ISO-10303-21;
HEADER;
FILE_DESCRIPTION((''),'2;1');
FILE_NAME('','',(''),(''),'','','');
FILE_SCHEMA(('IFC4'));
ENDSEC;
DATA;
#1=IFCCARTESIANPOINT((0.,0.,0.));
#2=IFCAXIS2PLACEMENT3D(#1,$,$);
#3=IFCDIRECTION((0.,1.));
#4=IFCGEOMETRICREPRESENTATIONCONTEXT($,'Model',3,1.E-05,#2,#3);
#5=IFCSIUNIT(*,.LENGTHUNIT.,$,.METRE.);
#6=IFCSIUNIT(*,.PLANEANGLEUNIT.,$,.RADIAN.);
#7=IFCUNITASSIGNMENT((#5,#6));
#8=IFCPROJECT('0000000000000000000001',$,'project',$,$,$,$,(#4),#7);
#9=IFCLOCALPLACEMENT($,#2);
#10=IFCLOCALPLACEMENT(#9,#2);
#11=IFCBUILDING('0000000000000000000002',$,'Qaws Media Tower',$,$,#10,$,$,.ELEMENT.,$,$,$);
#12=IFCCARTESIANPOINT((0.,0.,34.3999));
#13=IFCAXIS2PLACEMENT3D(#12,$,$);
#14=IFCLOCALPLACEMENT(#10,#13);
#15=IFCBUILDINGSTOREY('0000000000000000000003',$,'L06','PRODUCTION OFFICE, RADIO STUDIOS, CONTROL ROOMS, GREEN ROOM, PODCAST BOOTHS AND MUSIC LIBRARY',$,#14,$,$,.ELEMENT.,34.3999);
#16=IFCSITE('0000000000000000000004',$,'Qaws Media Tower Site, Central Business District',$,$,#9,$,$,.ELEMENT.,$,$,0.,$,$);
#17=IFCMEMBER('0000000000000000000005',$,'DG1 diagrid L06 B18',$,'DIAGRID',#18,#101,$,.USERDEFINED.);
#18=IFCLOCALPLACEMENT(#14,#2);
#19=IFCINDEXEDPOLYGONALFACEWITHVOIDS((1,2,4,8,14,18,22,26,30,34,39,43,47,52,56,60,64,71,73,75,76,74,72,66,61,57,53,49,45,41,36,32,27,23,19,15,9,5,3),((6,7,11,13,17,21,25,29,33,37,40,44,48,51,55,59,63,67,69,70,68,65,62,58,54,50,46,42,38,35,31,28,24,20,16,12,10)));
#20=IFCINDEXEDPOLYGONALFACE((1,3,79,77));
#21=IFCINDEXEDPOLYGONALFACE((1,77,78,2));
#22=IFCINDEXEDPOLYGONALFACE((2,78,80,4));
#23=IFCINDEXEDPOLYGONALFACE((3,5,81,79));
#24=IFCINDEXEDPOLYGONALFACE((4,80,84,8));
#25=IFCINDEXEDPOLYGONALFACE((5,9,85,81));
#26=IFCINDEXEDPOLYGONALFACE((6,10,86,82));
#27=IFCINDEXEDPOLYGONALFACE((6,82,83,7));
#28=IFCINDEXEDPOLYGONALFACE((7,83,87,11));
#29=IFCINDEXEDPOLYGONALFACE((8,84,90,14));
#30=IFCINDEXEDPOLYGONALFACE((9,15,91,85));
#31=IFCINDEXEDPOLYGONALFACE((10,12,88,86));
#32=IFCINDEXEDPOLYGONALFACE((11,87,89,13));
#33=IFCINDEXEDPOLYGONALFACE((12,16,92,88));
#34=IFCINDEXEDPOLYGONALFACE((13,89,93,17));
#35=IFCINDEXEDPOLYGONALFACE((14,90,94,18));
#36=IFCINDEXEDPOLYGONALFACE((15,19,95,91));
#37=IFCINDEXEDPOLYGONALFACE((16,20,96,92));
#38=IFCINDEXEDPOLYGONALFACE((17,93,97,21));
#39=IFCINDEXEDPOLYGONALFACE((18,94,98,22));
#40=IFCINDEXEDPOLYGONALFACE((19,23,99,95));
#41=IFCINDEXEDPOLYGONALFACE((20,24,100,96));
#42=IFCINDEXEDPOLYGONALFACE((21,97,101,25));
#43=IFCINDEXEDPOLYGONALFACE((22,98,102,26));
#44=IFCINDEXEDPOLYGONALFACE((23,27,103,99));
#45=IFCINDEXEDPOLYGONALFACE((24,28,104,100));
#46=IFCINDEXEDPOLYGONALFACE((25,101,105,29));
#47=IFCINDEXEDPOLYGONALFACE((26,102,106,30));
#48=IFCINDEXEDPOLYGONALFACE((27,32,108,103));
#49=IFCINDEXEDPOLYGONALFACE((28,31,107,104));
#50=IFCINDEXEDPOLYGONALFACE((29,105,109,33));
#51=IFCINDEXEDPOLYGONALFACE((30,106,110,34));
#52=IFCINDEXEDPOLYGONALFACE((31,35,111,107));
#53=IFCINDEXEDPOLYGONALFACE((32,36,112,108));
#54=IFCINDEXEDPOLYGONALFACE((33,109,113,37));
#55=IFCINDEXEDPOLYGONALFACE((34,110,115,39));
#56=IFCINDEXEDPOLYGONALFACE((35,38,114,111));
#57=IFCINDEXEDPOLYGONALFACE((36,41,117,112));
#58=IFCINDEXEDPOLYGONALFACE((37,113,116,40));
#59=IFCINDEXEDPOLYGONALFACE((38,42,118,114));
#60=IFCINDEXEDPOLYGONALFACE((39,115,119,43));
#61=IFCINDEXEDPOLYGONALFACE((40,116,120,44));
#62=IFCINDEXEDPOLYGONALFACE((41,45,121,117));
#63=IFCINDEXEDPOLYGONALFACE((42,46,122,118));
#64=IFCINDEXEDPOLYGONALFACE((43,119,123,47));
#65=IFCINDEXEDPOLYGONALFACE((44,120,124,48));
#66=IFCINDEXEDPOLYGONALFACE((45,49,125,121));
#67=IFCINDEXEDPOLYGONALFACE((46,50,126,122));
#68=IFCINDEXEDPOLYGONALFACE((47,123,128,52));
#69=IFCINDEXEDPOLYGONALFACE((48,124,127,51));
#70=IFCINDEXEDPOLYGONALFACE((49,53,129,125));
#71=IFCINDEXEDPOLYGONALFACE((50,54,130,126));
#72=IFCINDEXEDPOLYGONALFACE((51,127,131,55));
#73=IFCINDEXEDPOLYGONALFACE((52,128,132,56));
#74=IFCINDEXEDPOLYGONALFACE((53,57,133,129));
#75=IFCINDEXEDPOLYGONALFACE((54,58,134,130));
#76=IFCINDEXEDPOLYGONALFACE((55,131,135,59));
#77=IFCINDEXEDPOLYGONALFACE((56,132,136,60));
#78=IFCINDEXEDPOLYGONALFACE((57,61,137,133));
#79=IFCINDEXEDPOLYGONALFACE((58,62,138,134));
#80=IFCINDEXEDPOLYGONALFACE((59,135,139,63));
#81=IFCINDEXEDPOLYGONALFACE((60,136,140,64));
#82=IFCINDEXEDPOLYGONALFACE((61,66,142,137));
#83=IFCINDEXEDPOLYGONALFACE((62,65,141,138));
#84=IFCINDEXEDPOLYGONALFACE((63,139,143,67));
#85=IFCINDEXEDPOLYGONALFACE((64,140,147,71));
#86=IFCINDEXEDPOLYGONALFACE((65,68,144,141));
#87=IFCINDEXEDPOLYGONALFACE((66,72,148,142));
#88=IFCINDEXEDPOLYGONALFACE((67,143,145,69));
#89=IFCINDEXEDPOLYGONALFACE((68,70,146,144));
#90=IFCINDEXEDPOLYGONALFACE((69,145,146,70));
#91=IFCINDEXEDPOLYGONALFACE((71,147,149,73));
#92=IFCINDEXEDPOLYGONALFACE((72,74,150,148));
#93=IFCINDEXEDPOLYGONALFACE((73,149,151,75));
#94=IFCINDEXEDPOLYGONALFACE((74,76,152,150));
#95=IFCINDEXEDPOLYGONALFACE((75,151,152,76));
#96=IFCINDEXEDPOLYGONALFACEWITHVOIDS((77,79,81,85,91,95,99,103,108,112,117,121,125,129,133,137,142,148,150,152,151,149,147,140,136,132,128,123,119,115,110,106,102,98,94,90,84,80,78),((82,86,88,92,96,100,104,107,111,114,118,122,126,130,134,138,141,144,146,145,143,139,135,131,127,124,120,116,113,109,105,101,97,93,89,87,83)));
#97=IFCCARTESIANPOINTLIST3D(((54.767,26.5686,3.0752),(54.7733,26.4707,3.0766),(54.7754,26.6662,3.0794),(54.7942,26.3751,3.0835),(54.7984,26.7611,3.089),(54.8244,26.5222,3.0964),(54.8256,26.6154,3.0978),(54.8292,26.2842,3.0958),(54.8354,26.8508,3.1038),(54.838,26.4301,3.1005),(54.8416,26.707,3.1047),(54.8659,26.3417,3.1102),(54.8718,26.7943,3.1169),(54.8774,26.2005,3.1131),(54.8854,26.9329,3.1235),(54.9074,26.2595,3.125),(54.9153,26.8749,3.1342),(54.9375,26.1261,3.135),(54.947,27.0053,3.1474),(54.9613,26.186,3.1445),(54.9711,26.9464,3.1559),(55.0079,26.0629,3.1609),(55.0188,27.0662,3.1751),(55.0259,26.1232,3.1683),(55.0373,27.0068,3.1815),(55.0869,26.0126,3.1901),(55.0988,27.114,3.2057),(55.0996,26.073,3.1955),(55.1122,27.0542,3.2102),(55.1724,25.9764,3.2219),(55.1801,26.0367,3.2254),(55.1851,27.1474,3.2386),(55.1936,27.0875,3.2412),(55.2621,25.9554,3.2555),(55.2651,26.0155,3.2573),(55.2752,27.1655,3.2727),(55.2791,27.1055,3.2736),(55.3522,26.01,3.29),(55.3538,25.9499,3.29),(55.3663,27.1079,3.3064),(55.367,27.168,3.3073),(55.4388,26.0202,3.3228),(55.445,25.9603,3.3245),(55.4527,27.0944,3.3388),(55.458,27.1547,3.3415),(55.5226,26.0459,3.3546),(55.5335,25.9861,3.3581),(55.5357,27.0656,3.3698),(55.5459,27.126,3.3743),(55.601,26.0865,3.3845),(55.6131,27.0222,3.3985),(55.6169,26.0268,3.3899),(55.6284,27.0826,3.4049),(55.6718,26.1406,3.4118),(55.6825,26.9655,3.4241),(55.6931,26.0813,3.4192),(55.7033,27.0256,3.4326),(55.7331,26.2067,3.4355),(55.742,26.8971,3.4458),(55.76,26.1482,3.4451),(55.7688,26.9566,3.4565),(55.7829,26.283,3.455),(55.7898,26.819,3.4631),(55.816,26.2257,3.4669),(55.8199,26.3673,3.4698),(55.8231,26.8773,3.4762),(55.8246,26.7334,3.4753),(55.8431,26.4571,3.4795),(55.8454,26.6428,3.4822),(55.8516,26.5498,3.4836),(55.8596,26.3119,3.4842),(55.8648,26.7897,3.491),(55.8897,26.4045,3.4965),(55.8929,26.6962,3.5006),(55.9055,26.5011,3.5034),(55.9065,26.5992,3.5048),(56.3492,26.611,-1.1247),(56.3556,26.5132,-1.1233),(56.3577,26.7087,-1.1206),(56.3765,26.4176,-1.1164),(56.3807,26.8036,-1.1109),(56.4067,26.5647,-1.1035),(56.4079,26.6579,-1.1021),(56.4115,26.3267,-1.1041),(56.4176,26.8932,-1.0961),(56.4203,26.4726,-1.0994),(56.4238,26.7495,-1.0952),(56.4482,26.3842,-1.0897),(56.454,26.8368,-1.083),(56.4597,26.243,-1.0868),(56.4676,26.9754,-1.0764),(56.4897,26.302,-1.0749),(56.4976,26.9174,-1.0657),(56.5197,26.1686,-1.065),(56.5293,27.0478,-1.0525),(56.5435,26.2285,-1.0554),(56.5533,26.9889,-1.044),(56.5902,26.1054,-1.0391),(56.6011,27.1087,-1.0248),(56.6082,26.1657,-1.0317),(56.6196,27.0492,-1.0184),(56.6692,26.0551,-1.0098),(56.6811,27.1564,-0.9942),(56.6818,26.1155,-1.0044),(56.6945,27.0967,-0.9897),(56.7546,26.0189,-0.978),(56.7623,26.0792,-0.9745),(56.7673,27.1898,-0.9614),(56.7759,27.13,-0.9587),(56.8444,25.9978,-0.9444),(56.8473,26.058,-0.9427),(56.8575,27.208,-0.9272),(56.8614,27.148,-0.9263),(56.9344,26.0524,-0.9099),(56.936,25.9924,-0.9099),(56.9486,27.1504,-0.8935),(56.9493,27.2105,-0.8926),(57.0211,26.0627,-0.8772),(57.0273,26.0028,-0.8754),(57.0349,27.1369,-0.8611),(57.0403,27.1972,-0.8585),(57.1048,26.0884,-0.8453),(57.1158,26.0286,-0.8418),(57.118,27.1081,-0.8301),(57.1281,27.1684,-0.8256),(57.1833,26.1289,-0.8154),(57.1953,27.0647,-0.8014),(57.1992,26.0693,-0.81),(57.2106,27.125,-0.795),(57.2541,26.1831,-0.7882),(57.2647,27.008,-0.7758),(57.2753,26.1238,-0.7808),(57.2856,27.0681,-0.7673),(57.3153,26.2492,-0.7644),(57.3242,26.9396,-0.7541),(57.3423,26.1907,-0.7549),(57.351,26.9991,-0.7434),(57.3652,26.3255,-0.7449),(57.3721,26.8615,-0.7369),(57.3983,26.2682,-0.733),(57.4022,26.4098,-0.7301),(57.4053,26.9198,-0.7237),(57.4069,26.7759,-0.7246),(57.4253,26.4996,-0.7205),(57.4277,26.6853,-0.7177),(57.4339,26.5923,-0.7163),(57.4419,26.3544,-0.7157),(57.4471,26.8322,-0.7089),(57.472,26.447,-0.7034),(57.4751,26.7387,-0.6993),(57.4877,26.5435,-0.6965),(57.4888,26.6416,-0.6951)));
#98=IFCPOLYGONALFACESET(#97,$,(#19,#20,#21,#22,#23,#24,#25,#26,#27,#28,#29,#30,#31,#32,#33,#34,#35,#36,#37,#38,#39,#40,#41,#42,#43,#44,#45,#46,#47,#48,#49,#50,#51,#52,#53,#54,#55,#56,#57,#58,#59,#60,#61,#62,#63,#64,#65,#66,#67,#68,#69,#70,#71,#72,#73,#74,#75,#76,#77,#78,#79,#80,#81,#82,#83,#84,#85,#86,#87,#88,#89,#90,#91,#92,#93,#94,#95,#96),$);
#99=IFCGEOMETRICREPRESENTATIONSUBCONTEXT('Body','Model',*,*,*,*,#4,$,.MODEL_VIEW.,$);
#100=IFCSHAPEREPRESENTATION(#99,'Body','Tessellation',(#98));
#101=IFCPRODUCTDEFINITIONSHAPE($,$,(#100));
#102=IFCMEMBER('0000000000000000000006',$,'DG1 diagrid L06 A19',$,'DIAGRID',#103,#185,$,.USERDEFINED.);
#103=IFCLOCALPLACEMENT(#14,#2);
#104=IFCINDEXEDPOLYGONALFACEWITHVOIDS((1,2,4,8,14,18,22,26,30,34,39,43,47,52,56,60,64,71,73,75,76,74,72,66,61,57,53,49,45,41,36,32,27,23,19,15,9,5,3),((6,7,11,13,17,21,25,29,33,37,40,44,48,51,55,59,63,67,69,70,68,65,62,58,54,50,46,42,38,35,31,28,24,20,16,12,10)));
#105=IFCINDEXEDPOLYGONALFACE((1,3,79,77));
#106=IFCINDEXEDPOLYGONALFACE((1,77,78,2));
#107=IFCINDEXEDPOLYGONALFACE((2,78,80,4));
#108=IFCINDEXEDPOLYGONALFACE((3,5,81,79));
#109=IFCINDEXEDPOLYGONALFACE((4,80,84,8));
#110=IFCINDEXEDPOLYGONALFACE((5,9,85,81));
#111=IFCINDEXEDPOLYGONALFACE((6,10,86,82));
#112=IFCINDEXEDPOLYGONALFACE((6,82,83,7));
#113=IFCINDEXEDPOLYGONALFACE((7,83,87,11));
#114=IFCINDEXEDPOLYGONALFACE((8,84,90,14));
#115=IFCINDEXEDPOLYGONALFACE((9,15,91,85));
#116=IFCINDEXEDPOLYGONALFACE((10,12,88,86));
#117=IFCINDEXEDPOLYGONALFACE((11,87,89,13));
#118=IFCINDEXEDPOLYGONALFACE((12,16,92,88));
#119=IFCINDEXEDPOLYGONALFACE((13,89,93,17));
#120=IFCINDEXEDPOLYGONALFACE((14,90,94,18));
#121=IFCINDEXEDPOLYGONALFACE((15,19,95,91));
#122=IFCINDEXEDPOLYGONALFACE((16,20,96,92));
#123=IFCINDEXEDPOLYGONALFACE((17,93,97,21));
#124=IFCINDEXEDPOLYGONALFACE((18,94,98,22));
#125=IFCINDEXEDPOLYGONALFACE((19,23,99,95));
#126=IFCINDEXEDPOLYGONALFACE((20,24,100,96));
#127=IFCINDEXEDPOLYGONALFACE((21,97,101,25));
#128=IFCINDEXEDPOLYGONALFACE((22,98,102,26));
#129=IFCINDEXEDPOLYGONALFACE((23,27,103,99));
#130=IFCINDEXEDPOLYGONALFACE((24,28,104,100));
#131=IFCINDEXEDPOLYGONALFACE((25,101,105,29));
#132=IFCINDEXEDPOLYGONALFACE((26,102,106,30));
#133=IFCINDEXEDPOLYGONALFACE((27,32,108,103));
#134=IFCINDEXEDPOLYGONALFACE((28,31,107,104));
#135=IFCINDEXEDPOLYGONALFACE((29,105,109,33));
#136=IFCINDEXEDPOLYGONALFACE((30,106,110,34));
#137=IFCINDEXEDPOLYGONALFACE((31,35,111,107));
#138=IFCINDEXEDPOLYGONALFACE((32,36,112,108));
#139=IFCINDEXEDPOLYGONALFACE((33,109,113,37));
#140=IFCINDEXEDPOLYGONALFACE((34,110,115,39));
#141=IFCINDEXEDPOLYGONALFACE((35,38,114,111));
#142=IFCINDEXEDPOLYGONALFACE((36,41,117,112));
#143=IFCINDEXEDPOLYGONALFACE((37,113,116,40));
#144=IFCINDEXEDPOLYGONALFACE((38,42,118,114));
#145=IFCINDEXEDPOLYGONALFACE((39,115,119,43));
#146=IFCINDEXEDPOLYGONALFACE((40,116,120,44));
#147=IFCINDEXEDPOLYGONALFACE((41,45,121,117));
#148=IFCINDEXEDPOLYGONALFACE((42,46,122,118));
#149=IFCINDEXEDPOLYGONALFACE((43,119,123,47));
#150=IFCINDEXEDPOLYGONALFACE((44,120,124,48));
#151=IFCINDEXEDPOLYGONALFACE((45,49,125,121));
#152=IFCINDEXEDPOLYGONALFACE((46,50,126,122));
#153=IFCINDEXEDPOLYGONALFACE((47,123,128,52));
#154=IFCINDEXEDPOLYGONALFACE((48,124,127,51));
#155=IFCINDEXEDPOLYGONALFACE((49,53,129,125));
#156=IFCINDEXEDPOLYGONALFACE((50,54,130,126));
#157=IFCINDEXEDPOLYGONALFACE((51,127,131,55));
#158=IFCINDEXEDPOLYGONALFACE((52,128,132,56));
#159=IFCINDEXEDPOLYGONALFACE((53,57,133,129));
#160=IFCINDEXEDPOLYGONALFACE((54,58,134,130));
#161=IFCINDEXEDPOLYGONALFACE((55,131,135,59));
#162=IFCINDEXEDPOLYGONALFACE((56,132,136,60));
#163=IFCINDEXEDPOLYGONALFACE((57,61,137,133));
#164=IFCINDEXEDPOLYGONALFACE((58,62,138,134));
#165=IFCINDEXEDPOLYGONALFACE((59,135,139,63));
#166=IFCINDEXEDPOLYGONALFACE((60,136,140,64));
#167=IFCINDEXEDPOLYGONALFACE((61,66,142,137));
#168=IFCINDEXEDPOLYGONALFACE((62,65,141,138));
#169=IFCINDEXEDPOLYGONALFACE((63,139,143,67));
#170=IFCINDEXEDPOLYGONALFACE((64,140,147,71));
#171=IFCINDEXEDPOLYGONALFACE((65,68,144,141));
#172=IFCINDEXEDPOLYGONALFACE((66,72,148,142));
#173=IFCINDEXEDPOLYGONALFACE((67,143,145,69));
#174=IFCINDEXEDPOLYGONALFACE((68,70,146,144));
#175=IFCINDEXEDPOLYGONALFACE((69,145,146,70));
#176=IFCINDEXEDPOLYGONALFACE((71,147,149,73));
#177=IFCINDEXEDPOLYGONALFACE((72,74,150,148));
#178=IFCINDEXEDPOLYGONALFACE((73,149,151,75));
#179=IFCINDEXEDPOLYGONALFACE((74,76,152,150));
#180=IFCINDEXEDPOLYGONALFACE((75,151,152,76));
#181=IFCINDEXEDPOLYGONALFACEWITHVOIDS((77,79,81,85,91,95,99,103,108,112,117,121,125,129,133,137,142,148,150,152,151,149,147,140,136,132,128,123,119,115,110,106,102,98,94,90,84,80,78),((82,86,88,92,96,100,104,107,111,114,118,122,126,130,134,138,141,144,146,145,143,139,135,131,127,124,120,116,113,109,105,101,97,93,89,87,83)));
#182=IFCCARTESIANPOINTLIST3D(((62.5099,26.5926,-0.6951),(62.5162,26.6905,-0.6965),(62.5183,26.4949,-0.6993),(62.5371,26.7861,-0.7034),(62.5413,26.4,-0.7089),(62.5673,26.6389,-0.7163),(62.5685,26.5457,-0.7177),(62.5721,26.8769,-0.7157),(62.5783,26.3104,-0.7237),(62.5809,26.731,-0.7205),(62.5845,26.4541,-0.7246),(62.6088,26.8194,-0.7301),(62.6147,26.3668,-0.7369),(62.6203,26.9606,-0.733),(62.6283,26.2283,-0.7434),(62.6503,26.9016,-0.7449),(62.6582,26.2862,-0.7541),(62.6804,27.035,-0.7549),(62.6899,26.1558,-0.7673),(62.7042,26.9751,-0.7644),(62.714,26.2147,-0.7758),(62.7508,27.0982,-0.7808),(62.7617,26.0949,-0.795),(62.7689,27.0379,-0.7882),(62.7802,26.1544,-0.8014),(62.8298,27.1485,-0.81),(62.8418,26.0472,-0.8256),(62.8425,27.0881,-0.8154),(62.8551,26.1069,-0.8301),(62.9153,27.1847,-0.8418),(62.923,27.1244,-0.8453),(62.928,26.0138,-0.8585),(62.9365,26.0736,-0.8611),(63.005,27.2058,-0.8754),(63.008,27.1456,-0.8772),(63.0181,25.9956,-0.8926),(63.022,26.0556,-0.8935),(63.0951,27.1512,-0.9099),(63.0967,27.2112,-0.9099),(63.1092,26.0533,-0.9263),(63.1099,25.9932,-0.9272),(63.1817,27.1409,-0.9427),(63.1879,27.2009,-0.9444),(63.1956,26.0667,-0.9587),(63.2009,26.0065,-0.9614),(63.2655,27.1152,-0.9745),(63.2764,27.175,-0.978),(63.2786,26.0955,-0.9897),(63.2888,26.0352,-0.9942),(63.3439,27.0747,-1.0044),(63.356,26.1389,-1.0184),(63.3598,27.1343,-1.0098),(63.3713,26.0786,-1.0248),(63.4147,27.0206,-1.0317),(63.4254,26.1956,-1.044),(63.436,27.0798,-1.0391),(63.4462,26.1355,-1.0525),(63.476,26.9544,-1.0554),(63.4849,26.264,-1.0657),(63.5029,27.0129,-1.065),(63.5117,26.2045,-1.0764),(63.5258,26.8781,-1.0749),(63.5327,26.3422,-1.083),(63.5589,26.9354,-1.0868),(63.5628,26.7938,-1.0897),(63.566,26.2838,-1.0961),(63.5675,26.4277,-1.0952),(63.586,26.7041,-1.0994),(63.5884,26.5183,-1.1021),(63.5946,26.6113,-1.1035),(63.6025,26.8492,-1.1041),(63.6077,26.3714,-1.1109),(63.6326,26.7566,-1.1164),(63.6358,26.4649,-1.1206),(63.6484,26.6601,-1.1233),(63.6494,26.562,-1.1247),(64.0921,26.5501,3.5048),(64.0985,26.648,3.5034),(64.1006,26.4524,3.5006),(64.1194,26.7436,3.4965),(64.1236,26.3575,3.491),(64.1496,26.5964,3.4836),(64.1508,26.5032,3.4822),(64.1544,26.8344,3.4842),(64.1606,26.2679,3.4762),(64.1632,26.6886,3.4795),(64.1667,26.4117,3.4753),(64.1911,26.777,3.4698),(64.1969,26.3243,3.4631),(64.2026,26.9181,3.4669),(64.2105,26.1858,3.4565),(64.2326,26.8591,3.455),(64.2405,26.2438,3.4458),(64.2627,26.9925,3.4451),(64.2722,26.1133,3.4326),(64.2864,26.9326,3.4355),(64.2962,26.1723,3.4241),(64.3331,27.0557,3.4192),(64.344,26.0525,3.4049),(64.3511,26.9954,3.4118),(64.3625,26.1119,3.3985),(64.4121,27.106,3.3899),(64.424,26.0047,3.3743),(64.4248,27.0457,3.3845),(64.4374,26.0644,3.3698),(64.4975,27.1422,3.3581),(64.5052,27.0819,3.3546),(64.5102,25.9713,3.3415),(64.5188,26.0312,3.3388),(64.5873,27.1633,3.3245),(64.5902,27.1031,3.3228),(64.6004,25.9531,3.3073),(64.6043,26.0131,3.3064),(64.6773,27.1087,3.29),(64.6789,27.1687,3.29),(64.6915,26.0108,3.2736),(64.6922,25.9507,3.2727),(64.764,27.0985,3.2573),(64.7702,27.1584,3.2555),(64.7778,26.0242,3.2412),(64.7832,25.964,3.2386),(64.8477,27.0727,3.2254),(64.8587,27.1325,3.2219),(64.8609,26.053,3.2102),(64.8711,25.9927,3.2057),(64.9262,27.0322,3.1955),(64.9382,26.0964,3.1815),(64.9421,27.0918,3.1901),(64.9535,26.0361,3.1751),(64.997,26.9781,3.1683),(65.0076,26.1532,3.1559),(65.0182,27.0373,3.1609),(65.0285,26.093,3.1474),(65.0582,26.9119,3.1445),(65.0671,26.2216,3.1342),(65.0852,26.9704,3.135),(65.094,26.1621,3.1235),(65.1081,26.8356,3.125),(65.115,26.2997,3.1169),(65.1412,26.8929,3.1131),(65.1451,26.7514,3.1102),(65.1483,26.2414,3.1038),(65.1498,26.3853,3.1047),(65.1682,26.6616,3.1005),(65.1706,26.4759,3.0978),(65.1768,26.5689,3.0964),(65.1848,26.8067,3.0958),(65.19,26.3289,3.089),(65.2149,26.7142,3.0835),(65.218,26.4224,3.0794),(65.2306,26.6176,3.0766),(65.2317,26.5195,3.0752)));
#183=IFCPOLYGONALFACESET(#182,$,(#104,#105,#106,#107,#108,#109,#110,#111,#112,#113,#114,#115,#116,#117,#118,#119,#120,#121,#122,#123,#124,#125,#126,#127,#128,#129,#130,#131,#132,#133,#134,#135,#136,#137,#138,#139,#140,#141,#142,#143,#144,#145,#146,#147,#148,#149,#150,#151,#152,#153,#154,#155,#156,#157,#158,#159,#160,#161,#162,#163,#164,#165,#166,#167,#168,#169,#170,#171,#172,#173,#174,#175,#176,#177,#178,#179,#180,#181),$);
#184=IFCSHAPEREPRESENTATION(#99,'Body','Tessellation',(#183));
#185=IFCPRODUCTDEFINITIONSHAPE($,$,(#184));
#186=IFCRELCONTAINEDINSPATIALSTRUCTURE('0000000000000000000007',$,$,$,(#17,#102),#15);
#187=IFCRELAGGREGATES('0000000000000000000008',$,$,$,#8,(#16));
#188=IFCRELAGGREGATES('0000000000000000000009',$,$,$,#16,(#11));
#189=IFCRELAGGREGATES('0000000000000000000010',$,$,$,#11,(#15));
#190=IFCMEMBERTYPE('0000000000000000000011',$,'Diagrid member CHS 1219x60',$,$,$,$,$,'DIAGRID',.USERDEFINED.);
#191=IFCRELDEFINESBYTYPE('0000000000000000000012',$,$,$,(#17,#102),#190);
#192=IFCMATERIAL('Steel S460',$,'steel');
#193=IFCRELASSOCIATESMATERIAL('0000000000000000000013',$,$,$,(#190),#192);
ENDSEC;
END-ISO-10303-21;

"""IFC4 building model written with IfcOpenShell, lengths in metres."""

from ifc_helpers import new_model, si_unit, direction, frame, origin, origin_2d, place, context, subcontext, project, spatial, hollow_circle, extrude, material, material_profile, profile_set, type_object, element, save


model = new_model("IFC4")

# Units and contexts
model_context = context("Model", 3, precision=1e-05, world=origin(), true_north=direction((0.0, 1.0)))
body_context = subcontext(model_context, "Body", "Model", "MODEL_VIEW")
ifc_project = project(units=[si_unit("LENGTHUNIT", "METRE"), si_unit("PLANEANGLEUNIT", "RADIAN")], contexts=[model_context])

# Site, building, storey
site_placement = place(None, origin())
site = spatial("IfcSite", under=ifc_project, at=site_placement, Name="Qaws Media Tower Site, Central Business District", CompositionType="ELEMENT", RefElevation=0.0)
building_placement = place(site_placement, origin())
building = spatial("IfcBuilding", under=site, at=building_placement, Name="Qaws Media Tower", CompositionType="ELEMENT")
storey_placement = place(building_placement, frame((0.0, 0.0, 34.3999)))
storey = spatial("IfcBuildingStorey", under=building, at=storey_placement, Name="L06", Description="PRODUCTION OFFICE, RADIO STUDIOS, CONTROL ROOMS, GREEN ROOM, PODCAST BOOTHS AND MUSIC LIBRARY", CompositionType="ELEMENT", Elevation=34.3999)

# Members
ifc_material_1 = material(Name="Steel S460", Category="steel")
ifc_material_profile_1 = material_profile(ifc_material_1, hollow_circle(Radius=0.6096, WallThickness=0.0601, at=origin_2d()), Name="CHS 1219x60")
ifc_profile_set_1 = profile_set([ifc_material_profile_1], Name="Steel S460")
member_type_1 = type_object("IfcMemberType", Name="Diagrid member CHS 1219x60", ElementType="DIAGRID", PredefinedType="USERDEFINED", material=ifc_profile_set_1)
for number, where, z_axis, x_axis, name in (
    (1, (56.9197, 26.6018, -0.9099), (-0.352532, -0.009465, 0.935752), (0.026838, -0.99964, 0.0), "DG1 diagrid L06 B18"),
    (2, (63.0803, 26.6018, -0.9099), (0.352532, -0.009465, 0.935752), (0.026838, 0.99964, 0.0), "DG1 diagrid L06 A19"),
):
    element("IfcMember", number, at=place(storey_placement, frame(where, z_axis=z_axis, x_axis=x_axis)), inside=storey, type_object=member_type_1, Name=name, ObjectType="DIAGRID", PredefinedType="USERDEFINED", context=body_context, shape_type="SweptSolid", body=[
        extrude(hollow_circle(Radius=0.6096, WallThickness=0.0601, at=origin_2d()), origin(), (0.0, 0.0, 1.0), 4.4883),
    ])

save(model, "model.ifc")
